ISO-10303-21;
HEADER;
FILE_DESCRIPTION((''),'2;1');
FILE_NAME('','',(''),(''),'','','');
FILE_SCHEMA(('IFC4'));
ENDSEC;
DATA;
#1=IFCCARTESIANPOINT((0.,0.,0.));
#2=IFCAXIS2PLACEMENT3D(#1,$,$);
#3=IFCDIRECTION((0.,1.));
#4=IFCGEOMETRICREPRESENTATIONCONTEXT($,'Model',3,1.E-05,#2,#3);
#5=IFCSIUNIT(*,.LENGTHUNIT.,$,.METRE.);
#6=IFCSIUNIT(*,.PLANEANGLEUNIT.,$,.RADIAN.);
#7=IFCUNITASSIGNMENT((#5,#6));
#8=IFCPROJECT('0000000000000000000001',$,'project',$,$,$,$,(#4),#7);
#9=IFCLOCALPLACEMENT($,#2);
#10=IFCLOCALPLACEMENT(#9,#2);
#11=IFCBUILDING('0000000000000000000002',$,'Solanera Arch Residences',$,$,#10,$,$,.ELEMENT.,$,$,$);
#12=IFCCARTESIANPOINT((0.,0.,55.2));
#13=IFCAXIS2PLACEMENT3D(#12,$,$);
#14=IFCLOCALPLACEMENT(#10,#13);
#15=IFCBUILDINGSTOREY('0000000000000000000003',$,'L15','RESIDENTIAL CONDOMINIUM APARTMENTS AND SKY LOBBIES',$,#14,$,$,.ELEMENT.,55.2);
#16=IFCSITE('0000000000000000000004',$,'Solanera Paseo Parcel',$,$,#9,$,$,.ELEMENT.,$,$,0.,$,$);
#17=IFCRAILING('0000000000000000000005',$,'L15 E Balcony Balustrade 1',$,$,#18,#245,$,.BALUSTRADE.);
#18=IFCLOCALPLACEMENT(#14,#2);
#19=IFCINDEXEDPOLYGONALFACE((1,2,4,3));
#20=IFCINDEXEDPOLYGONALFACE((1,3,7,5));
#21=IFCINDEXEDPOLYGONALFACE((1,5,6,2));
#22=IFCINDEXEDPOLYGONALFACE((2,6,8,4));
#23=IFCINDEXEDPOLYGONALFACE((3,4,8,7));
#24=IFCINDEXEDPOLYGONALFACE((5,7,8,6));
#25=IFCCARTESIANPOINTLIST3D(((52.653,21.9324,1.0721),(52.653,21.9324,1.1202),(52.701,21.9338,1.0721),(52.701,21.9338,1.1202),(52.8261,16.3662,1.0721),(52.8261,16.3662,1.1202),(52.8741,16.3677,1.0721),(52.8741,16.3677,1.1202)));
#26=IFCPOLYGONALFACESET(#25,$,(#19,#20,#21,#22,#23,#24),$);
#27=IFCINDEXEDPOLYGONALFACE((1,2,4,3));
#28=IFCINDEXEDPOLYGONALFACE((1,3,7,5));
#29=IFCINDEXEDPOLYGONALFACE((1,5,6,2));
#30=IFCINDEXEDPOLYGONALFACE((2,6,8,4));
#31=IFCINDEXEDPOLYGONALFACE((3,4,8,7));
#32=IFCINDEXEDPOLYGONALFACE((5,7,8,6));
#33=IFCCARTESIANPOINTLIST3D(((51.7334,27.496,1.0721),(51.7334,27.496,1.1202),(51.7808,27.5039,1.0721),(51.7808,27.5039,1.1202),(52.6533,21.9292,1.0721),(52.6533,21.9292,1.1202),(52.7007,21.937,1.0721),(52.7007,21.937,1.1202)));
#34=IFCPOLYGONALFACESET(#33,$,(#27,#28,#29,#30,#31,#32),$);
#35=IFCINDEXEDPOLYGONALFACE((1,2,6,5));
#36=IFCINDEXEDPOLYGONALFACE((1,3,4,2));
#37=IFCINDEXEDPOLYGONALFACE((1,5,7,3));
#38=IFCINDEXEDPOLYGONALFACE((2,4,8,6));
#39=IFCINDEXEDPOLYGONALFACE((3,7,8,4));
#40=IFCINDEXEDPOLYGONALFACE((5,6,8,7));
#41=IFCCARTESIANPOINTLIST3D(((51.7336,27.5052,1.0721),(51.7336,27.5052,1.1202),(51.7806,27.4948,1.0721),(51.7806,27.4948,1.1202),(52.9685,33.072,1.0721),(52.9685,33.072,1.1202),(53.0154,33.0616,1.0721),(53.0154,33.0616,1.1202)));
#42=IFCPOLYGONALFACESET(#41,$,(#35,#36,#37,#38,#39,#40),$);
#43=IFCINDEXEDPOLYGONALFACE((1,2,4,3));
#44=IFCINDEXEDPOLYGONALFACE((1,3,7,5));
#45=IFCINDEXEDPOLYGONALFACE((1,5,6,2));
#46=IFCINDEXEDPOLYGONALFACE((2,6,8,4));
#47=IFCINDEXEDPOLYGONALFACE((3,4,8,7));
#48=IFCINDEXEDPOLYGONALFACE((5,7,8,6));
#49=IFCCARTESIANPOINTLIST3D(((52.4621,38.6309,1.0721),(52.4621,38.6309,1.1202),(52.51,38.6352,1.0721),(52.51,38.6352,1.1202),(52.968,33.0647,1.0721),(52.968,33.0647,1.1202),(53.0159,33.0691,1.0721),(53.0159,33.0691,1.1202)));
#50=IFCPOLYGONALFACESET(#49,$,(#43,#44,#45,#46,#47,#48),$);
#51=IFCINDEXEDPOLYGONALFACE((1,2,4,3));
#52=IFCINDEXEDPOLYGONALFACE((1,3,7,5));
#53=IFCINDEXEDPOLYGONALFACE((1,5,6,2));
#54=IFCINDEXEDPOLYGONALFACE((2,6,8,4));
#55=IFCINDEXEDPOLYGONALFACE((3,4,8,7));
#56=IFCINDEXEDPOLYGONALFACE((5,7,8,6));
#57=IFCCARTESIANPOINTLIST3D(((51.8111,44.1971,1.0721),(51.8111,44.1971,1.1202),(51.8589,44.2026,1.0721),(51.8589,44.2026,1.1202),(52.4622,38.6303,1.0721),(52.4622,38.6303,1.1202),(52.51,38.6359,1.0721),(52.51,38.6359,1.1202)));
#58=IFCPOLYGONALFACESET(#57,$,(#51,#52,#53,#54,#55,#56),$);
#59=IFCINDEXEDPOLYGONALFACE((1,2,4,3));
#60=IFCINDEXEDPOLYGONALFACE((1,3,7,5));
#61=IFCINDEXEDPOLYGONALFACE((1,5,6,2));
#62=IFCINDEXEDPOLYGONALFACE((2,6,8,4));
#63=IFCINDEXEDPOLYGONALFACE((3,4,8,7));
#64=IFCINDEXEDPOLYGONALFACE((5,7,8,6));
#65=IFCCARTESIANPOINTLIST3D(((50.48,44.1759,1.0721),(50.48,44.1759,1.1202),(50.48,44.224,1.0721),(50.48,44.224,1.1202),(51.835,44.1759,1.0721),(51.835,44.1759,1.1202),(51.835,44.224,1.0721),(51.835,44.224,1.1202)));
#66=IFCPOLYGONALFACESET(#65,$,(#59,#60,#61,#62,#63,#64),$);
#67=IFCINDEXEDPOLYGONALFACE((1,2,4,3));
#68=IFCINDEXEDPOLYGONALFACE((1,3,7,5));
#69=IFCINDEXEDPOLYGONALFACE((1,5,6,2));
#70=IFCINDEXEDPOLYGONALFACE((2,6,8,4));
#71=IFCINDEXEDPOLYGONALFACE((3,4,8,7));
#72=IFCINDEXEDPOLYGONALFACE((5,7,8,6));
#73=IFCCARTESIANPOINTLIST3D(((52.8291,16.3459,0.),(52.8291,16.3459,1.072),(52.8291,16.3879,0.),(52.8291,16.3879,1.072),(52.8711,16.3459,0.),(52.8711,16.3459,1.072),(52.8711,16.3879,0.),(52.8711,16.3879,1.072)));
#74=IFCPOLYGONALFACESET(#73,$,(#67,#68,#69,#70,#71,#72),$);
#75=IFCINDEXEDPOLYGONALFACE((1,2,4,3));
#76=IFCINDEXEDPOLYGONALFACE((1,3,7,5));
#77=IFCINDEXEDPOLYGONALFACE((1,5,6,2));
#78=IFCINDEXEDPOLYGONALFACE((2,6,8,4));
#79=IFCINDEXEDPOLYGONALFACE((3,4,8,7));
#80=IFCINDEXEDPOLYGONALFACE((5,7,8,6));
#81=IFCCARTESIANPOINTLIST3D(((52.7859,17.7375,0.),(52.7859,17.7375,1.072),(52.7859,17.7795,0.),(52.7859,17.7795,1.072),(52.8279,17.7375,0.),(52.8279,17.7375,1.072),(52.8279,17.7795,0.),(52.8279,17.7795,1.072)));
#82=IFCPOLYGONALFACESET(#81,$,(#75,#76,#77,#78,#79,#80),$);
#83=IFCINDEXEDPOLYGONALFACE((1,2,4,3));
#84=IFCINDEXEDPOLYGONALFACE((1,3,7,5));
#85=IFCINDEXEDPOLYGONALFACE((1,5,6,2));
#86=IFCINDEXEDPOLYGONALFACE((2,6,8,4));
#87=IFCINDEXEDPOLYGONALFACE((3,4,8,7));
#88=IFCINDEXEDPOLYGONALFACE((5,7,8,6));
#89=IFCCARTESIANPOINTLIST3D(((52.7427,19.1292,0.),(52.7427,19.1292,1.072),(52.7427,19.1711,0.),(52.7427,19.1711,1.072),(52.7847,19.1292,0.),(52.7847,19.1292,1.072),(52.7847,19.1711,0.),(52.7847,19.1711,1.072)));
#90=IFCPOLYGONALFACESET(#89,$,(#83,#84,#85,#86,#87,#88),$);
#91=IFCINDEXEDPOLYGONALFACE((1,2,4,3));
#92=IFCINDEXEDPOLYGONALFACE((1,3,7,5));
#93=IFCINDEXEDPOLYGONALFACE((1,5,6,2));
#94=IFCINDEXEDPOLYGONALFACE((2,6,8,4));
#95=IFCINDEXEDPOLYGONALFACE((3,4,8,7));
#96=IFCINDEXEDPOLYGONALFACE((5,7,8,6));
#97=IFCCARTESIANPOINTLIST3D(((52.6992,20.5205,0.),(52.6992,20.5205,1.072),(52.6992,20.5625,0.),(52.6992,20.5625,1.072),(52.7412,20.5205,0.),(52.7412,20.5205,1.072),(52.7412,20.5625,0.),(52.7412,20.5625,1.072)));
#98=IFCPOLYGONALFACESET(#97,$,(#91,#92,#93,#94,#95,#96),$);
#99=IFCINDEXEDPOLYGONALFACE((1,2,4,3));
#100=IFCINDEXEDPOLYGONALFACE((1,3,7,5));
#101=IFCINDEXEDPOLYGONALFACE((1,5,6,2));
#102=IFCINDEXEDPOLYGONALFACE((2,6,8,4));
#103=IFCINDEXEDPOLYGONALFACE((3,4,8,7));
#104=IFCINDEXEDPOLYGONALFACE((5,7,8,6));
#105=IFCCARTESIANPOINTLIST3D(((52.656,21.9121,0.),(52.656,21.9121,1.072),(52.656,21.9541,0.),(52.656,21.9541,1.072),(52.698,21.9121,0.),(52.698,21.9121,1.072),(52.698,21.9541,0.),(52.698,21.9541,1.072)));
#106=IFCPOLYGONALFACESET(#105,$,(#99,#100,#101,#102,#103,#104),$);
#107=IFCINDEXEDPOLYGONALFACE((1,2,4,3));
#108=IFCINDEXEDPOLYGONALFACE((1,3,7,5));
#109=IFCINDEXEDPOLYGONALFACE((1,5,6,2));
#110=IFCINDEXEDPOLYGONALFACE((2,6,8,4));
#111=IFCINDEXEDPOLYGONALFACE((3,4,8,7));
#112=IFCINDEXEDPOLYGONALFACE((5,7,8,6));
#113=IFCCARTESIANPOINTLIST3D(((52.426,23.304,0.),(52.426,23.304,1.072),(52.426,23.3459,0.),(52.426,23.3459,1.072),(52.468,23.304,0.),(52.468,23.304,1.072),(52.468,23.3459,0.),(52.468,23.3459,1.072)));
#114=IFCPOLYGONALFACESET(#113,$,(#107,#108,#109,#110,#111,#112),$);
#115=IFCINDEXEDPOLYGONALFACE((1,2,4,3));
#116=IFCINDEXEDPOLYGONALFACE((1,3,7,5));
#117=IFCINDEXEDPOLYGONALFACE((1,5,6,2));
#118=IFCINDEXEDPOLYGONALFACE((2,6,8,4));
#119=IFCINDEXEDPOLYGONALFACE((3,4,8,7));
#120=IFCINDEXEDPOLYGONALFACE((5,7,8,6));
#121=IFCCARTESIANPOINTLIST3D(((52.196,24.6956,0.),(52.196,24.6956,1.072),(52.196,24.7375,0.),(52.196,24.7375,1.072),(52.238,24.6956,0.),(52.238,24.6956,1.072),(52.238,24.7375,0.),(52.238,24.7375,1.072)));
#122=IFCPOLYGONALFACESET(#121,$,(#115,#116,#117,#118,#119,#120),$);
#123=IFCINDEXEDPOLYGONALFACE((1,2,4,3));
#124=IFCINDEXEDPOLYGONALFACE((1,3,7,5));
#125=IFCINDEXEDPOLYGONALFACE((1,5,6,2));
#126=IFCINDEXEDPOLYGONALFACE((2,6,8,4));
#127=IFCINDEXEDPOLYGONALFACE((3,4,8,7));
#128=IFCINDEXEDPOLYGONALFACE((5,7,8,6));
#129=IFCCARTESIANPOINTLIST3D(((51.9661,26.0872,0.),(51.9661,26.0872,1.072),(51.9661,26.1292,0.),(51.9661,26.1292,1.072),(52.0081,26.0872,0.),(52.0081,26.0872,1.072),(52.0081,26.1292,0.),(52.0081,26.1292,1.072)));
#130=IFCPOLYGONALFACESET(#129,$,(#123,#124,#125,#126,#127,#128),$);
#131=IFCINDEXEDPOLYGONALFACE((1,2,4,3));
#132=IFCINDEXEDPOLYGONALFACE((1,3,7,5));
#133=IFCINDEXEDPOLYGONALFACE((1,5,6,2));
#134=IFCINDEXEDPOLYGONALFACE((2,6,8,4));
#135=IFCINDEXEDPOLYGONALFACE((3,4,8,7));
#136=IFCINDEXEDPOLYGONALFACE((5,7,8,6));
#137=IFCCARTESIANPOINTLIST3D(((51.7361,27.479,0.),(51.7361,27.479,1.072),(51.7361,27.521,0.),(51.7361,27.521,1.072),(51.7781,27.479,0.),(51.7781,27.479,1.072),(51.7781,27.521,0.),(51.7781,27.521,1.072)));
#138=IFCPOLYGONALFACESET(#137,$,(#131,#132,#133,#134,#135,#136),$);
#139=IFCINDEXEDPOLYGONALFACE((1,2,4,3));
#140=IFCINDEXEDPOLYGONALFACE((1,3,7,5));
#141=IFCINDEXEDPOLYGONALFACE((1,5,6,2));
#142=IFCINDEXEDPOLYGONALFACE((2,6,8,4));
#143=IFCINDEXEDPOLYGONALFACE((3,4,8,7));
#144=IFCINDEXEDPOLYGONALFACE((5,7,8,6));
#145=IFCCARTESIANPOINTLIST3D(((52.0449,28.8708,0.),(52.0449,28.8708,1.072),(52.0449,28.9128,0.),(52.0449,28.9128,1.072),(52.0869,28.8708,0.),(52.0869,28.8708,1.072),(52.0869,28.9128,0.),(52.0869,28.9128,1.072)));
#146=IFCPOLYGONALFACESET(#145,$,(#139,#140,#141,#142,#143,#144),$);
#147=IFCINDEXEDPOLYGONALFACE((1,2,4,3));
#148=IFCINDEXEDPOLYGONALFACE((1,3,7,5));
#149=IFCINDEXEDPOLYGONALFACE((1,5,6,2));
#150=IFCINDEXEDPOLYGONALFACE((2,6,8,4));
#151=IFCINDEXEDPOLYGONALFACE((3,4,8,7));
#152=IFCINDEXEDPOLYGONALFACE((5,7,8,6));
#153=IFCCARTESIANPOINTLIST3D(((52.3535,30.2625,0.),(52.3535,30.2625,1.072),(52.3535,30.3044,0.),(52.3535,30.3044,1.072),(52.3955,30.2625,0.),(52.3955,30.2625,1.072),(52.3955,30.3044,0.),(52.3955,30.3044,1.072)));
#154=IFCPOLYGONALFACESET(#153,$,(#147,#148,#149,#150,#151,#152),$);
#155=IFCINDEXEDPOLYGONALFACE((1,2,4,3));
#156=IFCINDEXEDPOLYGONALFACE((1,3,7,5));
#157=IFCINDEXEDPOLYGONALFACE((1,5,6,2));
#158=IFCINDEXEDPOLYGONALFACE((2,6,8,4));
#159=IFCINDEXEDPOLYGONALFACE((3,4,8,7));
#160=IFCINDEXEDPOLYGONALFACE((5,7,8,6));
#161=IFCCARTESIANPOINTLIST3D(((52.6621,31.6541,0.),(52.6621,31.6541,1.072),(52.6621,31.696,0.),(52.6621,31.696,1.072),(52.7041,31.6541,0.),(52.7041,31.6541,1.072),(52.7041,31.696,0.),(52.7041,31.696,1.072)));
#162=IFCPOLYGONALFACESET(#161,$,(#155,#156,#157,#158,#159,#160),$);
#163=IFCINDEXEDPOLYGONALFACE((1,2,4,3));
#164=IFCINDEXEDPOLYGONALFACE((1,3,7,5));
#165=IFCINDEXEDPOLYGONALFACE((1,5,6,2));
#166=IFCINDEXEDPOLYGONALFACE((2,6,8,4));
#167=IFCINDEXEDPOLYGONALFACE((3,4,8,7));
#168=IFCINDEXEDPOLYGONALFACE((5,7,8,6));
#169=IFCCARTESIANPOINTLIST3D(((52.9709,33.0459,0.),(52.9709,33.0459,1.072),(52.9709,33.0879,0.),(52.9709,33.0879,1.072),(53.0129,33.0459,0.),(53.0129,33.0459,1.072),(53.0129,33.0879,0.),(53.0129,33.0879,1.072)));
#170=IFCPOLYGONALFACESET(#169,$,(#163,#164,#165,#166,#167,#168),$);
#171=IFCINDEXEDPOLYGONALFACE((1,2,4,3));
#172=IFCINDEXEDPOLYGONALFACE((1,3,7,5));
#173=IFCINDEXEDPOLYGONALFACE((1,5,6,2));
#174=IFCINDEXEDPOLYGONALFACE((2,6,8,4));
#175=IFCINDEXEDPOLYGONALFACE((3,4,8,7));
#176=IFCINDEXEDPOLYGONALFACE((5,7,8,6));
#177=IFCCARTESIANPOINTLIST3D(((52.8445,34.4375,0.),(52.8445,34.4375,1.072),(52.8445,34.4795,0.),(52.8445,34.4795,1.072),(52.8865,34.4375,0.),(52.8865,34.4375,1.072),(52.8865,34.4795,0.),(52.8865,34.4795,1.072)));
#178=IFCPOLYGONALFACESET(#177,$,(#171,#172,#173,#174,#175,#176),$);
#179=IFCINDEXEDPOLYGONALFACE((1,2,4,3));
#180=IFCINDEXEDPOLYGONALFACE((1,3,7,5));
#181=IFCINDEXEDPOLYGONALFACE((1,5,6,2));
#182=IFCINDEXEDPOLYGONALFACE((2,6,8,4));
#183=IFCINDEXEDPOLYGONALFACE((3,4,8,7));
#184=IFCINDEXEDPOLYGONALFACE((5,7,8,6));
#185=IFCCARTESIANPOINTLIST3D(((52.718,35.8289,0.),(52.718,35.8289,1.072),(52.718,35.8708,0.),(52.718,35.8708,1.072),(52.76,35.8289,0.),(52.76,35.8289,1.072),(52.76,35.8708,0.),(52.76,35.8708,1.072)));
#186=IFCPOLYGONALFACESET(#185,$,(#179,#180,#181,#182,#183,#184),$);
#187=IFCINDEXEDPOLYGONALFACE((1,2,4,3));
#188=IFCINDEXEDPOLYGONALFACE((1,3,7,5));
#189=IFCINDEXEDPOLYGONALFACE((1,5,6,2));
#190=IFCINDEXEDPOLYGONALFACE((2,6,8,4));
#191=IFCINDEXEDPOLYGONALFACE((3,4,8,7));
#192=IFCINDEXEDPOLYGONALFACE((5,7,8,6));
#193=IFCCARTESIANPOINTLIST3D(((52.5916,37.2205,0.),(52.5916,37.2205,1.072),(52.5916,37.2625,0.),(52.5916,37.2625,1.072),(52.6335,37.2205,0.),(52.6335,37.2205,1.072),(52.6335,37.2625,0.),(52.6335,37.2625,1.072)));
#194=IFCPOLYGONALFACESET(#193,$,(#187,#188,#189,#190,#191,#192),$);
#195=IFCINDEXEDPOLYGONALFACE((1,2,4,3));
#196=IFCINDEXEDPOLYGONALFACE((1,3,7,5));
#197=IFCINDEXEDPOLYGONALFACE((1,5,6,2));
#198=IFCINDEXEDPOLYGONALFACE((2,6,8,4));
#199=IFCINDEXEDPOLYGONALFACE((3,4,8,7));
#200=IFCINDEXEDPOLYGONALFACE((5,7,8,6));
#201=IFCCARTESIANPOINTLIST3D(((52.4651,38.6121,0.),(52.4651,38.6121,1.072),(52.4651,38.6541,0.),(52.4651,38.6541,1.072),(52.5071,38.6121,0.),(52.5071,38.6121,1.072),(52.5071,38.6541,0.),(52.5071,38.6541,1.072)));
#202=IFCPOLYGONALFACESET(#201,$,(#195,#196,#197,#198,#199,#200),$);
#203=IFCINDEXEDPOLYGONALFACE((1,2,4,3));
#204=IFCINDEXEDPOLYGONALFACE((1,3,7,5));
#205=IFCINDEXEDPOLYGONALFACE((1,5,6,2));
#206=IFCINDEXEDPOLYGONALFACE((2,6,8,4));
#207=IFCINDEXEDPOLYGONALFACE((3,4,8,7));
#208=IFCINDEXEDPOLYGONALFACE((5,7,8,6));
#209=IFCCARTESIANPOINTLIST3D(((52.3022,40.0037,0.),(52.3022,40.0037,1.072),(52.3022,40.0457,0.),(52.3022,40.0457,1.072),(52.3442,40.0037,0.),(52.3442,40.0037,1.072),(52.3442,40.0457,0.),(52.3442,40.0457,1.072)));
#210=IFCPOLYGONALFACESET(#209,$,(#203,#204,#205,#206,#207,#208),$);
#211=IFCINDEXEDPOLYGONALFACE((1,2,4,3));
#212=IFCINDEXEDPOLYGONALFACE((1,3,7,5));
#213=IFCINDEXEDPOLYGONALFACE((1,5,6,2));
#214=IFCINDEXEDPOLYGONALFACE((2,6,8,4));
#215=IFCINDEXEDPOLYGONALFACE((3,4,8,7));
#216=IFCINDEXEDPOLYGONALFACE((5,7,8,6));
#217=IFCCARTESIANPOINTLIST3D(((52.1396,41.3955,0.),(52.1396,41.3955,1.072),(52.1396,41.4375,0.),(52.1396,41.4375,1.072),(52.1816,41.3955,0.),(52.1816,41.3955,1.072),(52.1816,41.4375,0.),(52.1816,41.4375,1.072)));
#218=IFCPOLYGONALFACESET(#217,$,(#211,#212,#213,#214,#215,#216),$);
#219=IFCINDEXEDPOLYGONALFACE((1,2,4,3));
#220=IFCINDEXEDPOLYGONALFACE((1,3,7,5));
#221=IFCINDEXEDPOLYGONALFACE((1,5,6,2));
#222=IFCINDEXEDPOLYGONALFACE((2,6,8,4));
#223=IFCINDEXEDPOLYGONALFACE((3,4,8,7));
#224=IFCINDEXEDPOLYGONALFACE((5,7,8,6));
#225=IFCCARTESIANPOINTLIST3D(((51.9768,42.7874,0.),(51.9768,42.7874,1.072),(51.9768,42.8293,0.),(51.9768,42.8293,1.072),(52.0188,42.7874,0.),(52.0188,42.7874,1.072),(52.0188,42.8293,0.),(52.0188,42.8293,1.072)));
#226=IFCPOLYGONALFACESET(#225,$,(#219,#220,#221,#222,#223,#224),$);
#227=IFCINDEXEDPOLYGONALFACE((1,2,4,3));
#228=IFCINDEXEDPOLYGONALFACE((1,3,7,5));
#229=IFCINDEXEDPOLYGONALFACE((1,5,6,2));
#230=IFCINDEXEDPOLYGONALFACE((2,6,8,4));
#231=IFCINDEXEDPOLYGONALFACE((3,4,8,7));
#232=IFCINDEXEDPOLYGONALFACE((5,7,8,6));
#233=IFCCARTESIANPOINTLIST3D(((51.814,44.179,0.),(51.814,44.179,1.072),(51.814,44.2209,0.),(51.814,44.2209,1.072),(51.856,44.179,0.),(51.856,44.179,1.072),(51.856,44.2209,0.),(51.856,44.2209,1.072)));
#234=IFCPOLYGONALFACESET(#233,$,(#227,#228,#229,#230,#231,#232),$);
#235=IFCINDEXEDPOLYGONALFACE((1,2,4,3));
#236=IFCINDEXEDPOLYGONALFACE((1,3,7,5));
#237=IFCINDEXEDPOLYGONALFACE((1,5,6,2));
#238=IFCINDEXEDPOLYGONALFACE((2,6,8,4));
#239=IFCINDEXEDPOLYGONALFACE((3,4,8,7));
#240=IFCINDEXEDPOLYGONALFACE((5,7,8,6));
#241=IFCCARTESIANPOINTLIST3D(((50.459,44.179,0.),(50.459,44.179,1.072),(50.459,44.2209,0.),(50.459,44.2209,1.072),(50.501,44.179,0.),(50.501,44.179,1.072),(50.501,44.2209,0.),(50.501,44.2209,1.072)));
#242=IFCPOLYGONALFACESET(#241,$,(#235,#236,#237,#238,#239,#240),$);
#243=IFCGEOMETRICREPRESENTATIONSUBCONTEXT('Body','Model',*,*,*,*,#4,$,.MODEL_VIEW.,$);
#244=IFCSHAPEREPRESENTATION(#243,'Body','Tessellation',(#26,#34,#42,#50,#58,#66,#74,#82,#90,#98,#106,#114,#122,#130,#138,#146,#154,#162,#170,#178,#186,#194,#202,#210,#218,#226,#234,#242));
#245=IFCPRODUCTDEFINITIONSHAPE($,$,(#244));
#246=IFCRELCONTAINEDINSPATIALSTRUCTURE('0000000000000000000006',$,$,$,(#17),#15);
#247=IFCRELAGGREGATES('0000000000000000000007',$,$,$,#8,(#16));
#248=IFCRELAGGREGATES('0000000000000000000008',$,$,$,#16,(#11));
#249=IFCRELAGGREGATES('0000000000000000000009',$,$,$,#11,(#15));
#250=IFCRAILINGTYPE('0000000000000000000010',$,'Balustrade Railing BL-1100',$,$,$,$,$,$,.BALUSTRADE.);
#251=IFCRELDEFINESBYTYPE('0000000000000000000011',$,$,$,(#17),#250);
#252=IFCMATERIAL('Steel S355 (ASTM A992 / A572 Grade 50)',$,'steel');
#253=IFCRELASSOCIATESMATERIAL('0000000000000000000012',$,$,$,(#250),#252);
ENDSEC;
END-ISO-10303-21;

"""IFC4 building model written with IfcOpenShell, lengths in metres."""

from ifc_helpers import new_model, si_unit, direction, frame, origin, origin_2d, place, context, subcontext, project, spatial, rectangle, extrude, material, type_object, element, save


model = new_model("IFC4")

# Units and contexts
model_context = context("Model", 3, precision=1e-05, world=origin(), true_north=direction((0.0, 1.0)))
body_context = subcontext(model_context, "Body", "Model", "MODEL_VIEW")
ifc_project = project(units=[si_unit("LENGTHUNIT", "METRE"), si_unit("PLANEANGLEUNIT", "RADIAN")], contexts=[model_context])

# Site, building, storey
site_placement = place(None, origin())
site = spatial("IfcSite", under=ifc_project, at=site_placement, Name="Solanera Paseo Parcel", CompositionType="ELEMENT", RefElevation=0.0)
building_placement = place(site_placement, origin())
building = spatial("IfcBuilding", under=site, at=building_placement, Name="Solanera Arch Residences", CompositionType="ELEMENT")
storey_placement = place(building_placement, frame((0.0, 0.0, 55.2)))
storey = spatial("IfcBuildingStorey", under=building, at=storey_placement, Name="L15", Description="RESIDENTIAL CONDOMINIUM APARTMENTS AND SKY LOBBIES", CompositionType="ELEMENT", Elevation=55.2)

# Railing
ifc_material_1 = material(Name="Steel S355 (ASTM A992 / A572 Grade 50)", Category="steel")
railing_type = type_object("IfcRailingType", Name="Balustrade Railing BL-1100", PredefinedType="BALUSTRADE", material=ifc_material_1)
railing_1_placement = place(storey_placement, frame((52.8501, 16.3669, 0.0)))
element("IfcRailing", 1, at=railing_1_placement, inside=storey, type_object=railing_type, Name="L15 E Balcony Balustrade 1", PredefinedType="BALUSTRADE", context=body_context, shape_type="SweptSolid", body=[
    extrude(rectangle(XDim=0.0481, YDim=0.0481, at=origin_2d()), frame((0.0, 0.0, 1.0962), z_axis=(-0.031083, 0.999517, 0.0), x_axis=(-0.999517, -0.031083, 0.0)), (0.0, 0.0, 1.0), 5.5688),
    extrude(rectangle(XDim=0.0481, YDim=0.0481, at=origin_2d()), frame((-0.1731, 5.5662, 1.0962), z_axis=(-0.163038, 0.98662, 0.0), x_axis=(-0.98662, -0.163038, 0.0)), (0.0, 0.0, 1.0), 5.6423),
    extrude(rectangle(XDim=0.0481, YDim=0.0481, at=origin_2d()), frame((-1.093, 11.1331, 1.0962), z_axis=(0.216559, 0.97627, 0.0), x_axis=(-0.97627, 0.216559, 0.0)), (0.0, 0.0, 1.0), 5.7021),
    extrude(rectangle(XDim=0.0481, YDim=0.0481, at=origin_2d()), frame((0.1418, 16.7, 1.0962), z_axis=(-0.090508, 0.995896, 0.0), x_axis=(-0.995896, -0.090508, 0.0)), (0.0, 0.0, 1.0), 5.5891),
    extrude(rectangle(XDim=0.0481, YDim=0.0481, at=origin_2d()), frame((-0.364, 22.2661, 1.0962), z_axis=(-0.116171, 0.993229, 0.0), x_axis=(-0.993229, -0.116171, 0.0)), (0.0, 0.0, 1.0), 5.6047),
    extrude(rectangle(XDim=0.0481, YDim=0.0481, at=origin_2d()), frame((-1.0151, 27.833, 1.0962), z_axis=(-1.0, 0.0, 0.0), x_axis=(0.0, -1.0, 0.0)), (0.0, 0.0, 1.0), 1.355),
    extrude(rectangle(XDim=0.042, YDim=0.042, at=origin_2d()), origin(), (0.0, 0.0, 1.0), 1.072),
    extrude(rectangle(XDim=0.042, YDim=0.042, at=origin_2d()), frame((-0.0432, 1.3916, 0.0)), (0.0, 0.0, 1.0), 1.072),
    extrude(rectangle(XDim=0.042, YDim=0.042, at=origin_2d()), frame((-0.0864, 2.7832, 0.0)), (0.0, 0.0, 1.0), 1.072),
    extrude(rectangle(XDim=0.042, YDim=0.042, at=origin_2d()), frame((-0.1299, 4.1746, 0.0)), (0.0, 0.0, 1.0), 1.072),
    extrude(rectangle(XDim=0.042, YDim=0.042, at=origin_2d()), frame((-0.1731, 5.5662, 0.0)), (0.0, 0.0, 1.0), 1.072),
    extrude(rectangle(XDim=0.042, YDim=0.042, at=origin_2d()), frame((-0.4031, 6.958, 0.0)), (0.0, 0.0, 1.0), 1.072),
    extrude(rectangle(XDim=0.042, YDim=0.042, at=origin_2d()), frame((-0.6331, 8.3496, 0.0)), (0.0, 0.0, 1.0), 1.072),
    extrude(rectangle(XDim=0.042, YDim=0.042, at=origin_2d()), frame((-0.863, 9.7412, 0.0)), (0.0, 0.0, 1.0), 1.072),
    extrude(rectangle(XDim=0.042, YDim=0.042, at=origin_2d()), frame((-1.093, 11.1331, 0.0)), (0.0, 0.0, 1.0), 1.072),
    extrude(rectangle(XDim=0.042, YDim=0.042, at=origin_2d()), frame((-0.7842, 12.5249, 0.0)), (0.0, 0.0, 1.0), 1.072),
    extrude(rectangle(XDim=0.042, YDim=0.042, at=origin_2d()), frame((-0.4756, 13.9165, 0.0)), (0.0, 0.0, 1.0), 1.072),
    extrude(rectangle(XDim=0.042, YDim=0.042, at=origin_2d()), frame((-0.167, 15.3081, 0.0)), (0.0, 0.0, 1.0), 1.072),
    extrude(rectangle(XDim=0.042, YDim=0.042, at=origin_2d()), frame((0.1418, 16.7, 0.0)), (0.0, 0.0, 1.0), 1.072),
    extrude(rectangle(XDim=0.042, YDim=0.042, at=origin_2d()), frame((0.0154, 18.0916, 0.0)), (0.0, 0.0, 1.0), 1.072),
    extrude(rectangle(XDim=0.042, YDim=0.042, at=origin_2d()), frame((-0.1111, 19.4829, 0.0)), (0.0, 0.0, 1.0), 1.072),
    extrude(rectangle(XDim=0.042, YDim=0.042, at=origin_2d()), frame((-0.2375, 20.8745, 0.0)), (0.0, 0.0, 1.0), 1.072),
    extrude(rectangle(XDim=0.042, YDim=0.042, at=origin_2d()), frame((-0.364, 22.2661, 0.0)), (0.0, 0.0, 1.0), 1.072),
    extrude(rectangle(XDim=0.042, YDim=0.042, at=origin_2d()), frame((-0.5269, 23.6577, 0.0)), (0.0, 0.0, 1.0), 1.072),
    extrude(rectangle(XDim=0.042, YDim=0.042, at=origin_2d()), frame((-0.6895, 25.0496, 0.0)), (0.0, 0.0, 1.0), 1.072),
    extrude(rectangle(XDim=0.042, YDim=0.042, at=origin_2d()), frame((-0.8523, 26.4414, 0.0)), (0.0, 0.0, 1.0), 1.072),
    extrude(rectangle(XDim=0.042, YDim=0.042, at=origin_2d()), frame((-1.0151, 27.833, 0.0)), (0.0, 0.0, 1.0), 1.072),
    extrude(rectangle(XDim=0.042, YDim=0.042, at=origin_2d()), frame((-2.3701, 27.833, 0.0)), (0.0, 0.0, 1.0), 1.072),
])

save(model, "model.ifc")
